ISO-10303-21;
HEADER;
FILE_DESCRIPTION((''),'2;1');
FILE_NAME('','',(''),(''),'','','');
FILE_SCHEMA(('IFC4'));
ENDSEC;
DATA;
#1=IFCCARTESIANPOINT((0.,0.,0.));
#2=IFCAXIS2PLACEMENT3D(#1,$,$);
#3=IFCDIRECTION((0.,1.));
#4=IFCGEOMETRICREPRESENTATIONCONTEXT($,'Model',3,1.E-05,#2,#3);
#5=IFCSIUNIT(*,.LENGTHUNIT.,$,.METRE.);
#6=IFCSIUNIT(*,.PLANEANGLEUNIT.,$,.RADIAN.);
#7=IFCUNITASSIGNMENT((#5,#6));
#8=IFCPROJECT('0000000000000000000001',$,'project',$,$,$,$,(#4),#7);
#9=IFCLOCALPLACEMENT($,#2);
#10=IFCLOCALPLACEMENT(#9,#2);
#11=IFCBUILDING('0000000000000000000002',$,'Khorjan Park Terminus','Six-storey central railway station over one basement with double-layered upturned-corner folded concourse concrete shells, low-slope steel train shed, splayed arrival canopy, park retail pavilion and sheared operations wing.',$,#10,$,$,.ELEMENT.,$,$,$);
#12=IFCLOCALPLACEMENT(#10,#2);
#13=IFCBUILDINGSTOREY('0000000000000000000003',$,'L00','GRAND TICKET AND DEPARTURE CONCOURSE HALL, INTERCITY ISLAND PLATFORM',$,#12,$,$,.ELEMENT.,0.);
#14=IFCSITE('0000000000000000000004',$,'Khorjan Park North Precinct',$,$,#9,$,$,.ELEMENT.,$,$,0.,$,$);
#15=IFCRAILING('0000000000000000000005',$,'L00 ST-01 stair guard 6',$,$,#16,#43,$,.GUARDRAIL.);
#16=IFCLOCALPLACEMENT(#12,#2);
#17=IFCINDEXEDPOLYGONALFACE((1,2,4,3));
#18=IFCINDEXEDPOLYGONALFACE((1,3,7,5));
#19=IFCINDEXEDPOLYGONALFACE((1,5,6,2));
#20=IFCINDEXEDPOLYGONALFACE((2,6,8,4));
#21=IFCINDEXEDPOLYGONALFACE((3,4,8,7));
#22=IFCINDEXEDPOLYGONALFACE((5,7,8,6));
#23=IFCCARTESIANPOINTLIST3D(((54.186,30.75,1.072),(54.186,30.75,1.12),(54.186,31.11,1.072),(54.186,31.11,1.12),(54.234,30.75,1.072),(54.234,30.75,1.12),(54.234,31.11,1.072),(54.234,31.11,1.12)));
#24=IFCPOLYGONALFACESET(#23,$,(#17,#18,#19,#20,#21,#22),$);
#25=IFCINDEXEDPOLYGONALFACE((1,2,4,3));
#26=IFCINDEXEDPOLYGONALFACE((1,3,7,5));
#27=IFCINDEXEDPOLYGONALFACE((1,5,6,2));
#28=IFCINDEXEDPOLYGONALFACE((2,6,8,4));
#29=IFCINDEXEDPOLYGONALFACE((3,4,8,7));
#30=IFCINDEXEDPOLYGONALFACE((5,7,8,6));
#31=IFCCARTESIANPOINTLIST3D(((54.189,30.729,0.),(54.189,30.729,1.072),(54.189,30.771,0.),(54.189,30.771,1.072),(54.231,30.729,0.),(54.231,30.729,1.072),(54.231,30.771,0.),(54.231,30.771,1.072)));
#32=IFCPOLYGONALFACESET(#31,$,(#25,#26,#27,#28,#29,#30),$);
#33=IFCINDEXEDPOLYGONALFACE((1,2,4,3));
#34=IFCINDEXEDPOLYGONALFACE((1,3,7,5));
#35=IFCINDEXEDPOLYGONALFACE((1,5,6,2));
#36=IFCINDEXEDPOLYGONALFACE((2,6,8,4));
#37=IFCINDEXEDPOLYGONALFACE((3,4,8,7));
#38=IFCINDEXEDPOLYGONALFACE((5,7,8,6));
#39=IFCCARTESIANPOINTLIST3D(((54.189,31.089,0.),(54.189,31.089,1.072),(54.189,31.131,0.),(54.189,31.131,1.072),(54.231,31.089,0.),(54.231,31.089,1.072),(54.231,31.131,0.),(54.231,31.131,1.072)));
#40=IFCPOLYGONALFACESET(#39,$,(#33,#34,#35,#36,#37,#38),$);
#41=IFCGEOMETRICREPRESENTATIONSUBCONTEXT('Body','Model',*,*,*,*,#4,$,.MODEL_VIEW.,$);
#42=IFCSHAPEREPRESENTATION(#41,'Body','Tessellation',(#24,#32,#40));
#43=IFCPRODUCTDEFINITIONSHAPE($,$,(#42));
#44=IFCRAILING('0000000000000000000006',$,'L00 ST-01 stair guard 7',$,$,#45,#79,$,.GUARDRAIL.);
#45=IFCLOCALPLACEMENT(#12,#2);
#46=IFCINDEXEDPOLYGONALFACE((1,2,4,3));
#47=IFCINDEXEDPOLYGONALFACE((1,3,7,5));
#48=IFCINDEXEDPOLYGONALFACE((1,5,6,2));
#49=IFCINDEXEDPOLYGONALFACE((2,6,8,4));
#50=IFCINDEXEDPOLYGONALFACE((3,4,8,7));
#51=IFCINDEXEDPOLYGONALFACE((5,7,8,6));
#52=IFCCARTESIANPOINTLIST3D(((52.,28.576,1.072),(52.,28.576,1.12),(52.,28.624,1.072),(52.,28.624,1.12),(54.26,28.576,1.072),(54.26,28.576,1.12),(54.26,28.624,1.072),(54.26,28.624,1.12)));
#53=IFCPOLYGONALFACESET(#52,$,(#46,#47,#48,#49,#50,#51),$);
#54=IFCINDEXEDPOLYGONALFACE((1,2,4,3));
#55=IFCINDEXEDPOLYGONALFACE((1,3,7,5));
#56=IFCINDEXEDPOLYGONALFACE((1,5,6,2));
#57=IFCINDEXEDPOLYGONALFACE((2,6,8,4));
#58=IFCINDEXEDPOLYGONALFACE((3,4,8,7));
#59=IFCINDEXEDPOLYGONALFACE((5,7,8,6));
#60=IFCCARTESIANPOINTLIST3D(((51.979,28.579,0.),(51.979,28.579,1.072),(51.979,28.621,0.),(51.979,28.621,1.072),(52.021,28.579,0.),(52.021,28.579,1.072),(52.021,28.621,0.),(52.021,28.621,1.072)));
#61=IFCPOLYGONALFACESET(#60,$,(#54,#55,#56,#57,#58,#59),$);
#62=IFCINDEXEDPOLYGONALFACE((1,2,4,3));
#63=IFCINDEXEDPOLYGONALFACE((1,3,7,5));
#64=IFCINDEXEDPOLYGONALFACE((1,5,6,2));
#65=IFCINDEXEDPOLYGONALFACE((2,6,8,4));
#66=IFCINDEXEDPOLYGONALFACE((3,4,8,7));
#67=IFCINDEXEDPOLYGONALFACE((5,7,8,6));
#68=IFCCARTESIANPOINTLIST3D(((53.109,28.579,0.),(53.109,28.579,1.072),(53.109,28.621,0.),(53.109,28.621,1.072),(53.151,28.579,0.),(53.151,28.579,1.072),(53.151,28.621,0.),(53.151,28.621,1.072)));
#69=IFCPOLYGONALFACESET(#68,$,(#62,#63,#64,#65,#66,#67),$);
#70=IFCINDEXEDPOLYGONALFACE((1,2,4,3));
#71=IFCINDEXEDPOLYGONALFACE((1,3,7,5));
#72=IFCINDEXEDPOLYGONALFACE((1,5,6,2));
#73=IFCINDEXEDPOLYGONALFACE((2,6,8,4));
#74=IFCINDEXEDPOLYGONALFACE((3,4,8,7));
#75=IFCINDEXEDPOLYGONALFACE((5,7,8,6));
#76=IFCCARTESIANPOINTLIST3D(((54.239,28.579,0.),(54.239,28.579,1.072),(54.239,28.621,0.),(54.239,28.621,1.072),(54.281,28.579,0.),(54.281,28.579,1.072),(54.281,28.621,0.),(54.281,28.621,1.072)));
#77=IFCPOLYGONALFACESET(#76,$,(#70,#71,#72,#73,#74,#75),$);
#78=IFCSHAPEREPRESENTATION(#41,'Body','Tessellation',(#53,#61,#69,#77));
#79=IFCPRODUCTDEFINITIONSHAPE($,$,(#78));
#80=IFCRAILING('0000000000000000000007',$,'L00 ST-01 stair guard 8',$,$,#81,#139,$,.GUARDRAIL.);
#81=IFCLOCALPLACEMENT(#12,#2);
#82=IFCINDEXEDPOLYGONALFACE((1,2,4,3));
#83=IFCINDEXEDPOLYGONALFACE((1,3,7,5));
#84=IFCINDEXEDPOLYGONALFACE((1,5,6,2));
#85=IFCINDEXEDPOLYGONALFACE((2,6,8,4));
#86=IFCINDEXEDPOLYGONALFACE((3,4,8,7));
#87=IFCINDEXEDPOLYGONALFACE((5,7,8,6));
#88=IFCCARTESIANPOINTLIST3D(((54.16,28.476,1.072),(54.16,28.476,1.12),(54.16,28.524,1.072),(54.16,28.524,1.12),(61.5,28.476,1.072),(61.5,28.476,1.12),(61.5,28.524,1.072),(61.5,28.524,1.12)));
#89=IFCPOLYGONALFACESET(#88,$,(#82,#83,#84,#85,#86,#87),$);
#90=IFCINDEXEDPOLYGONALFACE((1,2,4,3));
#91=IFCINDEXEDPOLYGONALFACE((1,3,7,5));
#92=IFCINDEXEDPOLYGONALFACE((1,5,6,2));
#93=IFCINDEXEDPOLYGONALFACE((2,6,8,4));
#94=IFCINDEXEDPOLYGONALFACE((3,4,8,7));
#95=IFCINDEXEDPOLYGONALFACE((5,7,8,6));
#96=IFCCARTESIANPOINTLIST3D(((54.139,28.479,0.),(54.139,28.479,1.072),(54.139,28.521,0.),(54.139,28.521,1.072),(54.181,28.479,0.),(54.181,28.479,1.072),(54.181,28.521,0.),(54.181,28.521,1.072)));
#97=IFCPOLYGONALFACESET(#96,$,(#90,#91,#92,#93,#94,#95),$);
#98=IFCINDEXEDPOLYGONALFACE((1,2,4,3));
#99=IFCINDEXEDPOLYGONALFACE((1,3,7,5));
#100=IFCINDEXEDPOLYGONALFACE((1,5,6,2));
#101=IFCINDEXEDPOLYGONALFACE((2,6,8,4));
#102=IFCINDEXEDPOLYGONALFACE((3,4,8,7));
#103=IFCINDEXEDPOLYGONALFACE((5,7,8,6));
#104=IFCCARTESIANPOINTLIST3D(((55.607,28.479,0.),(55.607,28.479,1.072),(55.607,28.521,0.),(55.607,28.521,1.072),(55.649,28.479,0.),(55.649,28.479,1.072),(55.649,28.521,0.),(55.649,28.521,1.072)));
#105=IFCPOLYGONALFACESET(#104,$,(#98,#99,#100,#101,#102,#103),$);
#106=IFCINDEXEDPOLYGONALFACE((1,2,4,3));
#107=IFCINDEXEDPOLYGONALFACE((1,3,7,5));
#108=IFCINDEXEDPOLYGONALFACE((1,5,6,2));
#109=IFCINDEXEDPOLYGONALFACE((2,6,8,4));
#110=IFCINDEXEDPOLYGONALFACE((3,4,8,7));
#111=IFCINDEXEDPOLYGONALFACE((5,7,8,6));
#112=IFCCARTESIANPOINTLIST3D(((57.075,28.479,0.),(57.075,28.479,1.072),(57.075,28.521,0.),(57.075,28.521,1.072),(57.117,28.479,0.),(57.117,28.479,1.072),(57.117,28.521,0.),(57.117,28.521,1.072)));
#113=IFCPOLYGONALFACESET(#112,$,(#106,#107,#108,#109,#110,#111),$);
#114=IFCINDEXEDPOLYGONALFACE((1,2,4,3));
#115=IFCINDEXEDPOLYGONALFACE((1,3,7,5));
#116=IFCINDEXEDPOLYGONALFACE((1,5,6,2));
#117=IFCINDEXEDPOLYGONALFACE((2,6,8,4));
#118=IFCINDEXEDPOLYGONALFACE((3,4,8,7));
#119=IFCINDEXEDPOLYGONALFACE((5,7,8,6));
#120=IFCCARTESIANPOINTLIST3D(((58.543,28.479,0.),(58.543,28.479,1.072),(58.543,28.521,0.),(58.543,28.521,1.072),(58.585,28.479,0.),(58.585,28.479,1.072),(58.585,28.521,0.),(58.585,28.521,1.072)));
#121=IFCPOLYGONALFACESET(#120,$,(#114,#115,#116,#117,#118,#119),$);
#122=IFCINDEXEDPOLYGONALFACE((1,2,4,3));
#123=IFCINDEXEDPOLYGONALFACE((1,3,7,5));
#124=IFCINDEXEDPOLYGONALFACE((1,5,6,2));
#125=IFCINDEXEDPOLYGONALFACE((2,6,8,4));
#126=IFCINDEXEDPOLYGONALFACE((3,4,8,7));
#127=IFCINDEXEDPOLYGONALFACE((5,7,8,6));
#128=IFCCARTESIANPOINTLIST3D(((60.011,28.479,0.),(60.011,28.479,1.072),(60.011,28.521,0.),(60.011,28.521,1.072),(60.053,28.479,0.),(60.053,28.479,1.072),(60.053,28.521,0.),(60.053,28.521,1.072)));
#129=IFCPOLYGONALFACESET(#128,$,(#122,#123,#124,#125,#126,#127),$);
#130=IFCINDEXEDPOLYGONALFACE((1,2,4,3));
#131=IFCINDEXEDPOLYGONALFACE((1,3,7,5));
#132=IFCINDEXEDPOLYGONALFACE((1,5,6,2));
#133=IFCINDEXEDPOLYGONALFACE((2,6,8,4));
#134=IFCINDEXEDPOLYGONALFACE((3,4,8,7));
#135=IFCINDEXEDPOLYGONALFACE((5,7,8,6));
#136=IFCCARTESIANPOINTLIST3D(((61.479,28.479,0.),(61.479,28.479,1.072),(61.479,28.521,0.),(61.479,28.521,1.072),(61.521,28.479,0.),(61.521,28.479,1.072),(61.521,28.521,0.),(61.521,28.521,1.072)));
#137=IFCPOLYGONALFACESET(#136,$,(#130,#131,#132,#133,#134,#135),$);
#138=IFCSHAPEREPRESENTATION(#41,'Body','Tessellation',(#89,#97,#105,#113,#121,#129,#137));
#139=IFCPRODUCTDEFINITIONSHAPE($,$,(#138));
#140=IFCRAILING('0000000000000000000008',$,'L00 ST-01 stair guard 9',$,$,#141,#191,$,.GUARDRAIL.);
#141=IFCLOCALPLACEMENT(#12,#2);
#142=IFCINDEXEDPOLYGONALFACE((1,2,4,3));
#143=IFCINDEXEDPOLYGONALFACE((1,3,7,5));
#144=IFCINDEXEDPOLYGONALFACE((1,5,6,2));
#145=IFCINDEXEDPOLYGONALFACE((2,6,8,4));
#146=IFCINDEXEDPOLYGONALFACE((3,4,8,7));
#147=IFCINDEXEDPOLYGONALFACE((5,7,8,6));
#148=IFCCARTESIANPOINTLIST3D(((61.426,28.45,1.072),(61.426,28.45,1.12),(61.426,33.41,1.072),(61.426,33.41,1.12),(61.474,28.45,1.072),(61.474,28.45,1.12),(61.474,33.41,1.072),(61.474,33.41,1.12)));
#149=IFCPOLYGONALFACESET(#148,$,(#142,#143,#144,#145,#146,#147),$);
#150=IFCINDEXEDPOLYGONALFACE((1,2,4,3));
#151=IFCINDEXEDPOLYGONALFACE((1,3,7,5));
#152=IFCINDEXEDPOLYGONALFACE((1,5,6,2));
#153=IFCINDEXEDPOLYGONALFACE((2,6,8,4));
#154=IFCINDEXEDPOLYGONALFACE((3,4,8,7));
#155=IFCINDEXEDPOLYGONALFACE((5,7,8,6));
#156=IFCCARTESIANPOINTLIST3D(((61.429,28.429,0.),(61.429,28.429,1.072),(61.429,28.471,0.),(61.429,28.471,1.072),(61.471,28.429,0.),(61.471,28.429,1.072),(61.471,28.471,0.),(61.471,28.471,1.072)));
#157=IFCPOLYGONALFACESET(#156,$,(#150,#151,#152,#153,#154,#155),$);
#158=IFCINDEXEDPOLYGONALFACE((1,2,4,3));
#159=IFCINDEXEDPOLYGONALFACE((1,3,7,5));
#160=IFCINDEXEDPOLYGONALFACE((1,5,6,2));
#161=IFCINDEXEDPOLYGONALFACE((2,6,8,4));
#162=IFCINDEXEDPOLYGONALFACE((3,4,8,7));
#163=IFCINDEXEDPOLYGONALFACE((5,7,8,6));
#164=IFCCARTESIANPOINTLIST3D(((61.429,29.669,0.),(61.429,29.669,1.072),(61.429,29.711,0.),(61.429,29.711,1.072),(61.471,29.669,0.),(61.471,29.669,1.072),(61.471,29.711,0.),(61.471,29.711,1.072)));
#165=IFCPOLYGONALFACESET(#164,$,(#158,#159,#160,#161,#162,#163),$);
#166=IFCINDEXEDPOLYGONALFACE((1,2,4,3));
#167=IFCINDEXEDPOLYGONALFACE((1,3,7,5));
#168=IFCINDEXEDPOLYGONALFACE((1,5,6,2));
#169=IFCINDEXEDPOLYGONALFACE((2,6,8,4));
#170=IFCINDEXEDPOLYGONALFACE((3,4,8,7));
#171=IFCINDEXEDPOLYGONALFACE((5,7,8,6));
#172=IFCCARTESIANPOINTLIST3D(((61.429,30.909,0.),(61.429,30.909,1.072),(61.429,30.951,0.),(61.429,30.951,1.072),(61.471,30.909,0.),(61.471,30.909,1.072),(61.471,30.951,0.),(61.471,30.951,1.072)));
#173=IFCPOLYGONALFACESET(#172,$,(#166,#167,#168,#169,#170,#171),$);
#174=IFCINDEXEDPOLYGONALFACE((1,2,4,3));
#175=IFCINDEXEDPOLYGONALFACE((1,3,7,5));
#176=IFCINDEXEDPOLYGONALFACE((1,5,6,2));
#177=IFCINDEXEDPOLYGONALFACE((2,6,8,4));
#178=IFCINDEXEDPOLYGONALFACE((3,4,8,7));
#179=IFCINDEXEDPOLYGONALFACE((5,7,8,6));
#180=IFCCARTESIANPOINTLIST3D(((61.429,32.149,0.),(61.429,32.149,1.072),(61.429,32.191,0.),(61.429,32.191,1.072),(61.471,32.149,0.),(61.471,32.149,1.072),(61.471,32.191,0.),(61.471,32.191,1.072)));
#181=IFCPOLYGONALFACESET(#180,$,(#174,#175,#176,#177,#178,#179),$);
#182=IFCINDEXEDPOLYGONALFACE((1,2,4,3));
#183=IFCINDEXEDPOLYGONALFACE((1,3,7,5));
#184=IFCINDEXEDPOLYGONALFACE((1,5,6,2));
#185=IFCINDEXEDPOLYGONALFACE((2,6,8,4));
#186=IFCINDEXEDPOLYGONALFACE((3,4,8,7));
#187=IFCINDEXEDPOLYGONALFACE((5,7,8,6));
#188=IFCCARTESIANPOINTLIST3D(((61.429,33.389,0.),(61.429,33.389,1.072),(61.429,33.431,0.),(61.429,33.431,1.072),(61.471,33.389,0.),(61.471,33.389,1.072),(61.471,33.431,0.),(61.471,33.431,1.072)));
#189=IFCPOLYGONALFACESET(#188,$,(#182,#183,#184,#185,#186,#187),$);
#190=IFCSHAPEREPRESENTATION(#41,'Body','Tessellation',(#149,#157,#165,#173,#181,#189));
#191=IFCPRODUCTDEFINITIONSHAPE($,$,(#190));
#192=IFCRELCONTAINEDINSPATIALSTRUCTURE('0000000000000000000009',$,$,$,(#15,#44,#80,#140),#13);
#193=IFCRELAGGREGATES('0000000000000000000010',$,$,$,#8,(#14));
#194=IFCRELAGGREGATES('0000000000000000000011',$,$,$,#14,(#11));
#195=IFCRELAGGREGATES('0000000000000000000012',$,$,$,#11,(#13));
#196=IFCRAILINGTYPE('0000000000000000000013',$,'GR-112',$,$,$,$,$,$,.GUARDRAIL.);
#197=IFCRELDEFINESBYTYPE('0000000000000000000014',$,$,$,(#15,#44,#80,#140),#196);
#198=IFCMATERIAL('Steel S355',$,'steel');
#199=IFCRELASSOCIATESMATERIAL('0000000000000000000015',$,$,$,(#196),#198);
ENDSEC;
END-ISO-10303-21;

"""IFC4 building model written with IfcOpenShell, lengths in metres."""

from ifc_helpers import new_model, si_unit, direction, frame, origin, origin_2d, place, context, subcontext, project, spatial, rectangle, extrude, material, type_object, element, save


model = new_model("IFC4")

# Units and contexts
model_context = context("Model", 3, precision=1e-05, world=origin(), true_north=direction((0.0, 1.0)))
body_context = subcontext(model_context, "Body", "Model", "MODEL_VIEW")
ifc_project = project(units=[si_unit("LENGTHUNIT", "METRE"), si_unit("PLANEANGLEUNIT", "RADIAN")], contexts=[model_context])

# Site, building, storey
site_placement = place(None, origin())
site = spatial("IfcSite", under=ifc_project, at=site_placement, Name="Khorjan Park North Precinct", CompositionType="ELEMENT", RefElevation=0.0)
building_placement = place(site_placement, origin())
building = spatial("IfcBuilding", under=site, at=building_placement, Name="Khorjan Park Terminus", Description="Six-storey central railway station over one basement with double-layered upturned-corner folded concourse concrete shells, low-slope steel train shed, splayed arrival canopy, park retail pavilion and sheared operations wing.", CompositionType="ELEMENT")
storey_placement = place(building_placement, origin())
storey = spatial("IfcBuildingStorey", under=building, at=storey_placement, Name="L00", Description="GRAND TICKET AND DEPARTURE CONCOURSE HALL, INTERCITY ISLAND PLATFORM", CompositionType="ELEMENT", Elevation=0.0)

# Railings
ifc_material_1 = material(Name="Steel S355", Category="steel")
railing_type_1 = type_object("IfcRailingType", Name="GR-112", PredefinedType="GUARDRAIL", material=ifc_material_1)
railing_1_placement = place(storey_placement, frame((54.21, 30.75, 0.0)))
element("IfcRailing", 1, at=railing_1_placement, inside=storey, type_object=railing_type_1, Name="L00 ST-01 stair guard 6", PredefinedType="GUARDRAIL", context=body_context, shape_type="SweptSolid", body=[
    extrude(rectangle(XDim=0.048, YDim=0.048, at=origin_2d()), frame((0.0, 0.0, 1.096), z_axis=(0.0, 1.0, 0.0), x_axis=(-1.0, 0.0, 0.0)), (0.0, 0.0, 1.0), 0.36),
    extrude(rectangle(XDim=0.042, YDim=0.042, at=origin_2d()), origin(), (0.0, 0.0, 1.0), 1.072),
    extrude(rectangle(XDim=0.042, YDim=0.042, at=origin_2d()), frame((0.0, 0.36, 0.0)), (0.0, 0.0, 1.0), 1.072),
])
railing_2_placement = place(storey_placement, frame((52.0, 28.6, 0.0)))
element("IfcRailing", 2, at=railing_2_placement, inside=storey, type_object=railing_type_1, Name="L00 ST-01 stair guard 7", PredefinedType="GUARDRAIL", context=body_context, shape_type="SweptSolid", body=[
    extrude(rectangle(XDim=0.048, YDim=0.048, at=origin_2d()), frame((0.0, 0.0, 1.096), z_axis=(1.0, 0.0, 0.0), x_axis=(0.0, 1.0, 0.0)), (0.0, 0.0, 1.0), 2.26),
    extrude(rectangle(XDim=0.042, YDim=0.042, at=origin_2d()), origin(), (0.0, 0.0, 1.0), 1.072),
    extrude(rectangle(XDim=0.042, YDim=0.042, at=origin_2d()), frame((1.13, 0.0, 0.0)), (0.0, 0.0, 1.0), 1.072),
    extrude(rectangle(XDim=0.042, YDim=0.042, at=origin_2d()), frame((2.26, 0.0, 0.0)), (0.0, 0.0, 1.0), 1.072),
])
railing_3_placement = place(storey_placement, frame((54.16, 28.5, 0.0)))
element("IfcRailing", 3, at=railing_3_placement, inside=storey, type_object=railing_type_1, Name="L00 ST-01 stair guard 8", PredefinedType="GUARDRAIL", context=body_context, shape_type="SweptSolid", body=[
    extrude(rectangle(XDim=0.048, YDim=0.048, at=origin_2d()), frame((0.0, 0.0, 1.096), z_axis=(1.0, 0.0, 0.0), x_axis=(0.0, 1.0, 0.0)), (0.0, 0.0, 1.0), 7.34),
    extrude(rectangle(XDim=0.042, YDim=0.042, at=origin_2d()), origin(), (0.0, 0.0, 1.0), 1.072),
    extrude(rectangle(XDim=0.042, YDim=0.042, at=origin_2d()), frame((1.468, 0.0, 0.0)), (0.0, 0.0, 1.0), 1.072),
    extrude(rectangle(XDim=0.042, YDim=0.042, at=origin_2d()), frame((2.936, 0.0, 0.0)), (0.0, 0.0, 1.0), 1.072),
    extrude(rectangle(XDim=0.042, YDim=0.042, at=origin_2d()), frame((4.404, 0.0, 0.0)), (0.0, 0.0, 1.0), 1.072),
    extrude(rectangle(XDim=0.042, YDim=0.042, at=origin_2d()), frame((5.872, 0.0, 0.0)), (0.0, 0.0, 1.0), 1.072),
    extrude(rectangle(XDim=0.042, YDim=0.042, at=origin_2d()), frame((7.34, 0.0, 0.0)), (0.0, 0.0, 1.0), 1.072),
])
railing_4_placement = place(storey_placement, frame((61.45, 28.45, 0.0)))
element("IfcRailing", 4, at=railing_4_placement, inside=storey, type_object=railing_type_1, Name="L00 ST-01 stair guard 9", PredefinedType="GUARDRAIL", context=body_context, shape_type="SweptSolid", body=[
    extrude(rectangle(XDim=0.048, YDim=0.048, at=origin_2d()), frame((0.0, 0.0, 1.096), z_axis=(0.0, 1.0, 0.0), x_axis=(-1.0, 0.0, 0.0)), (0.0, 0.0, 1.0), 4.96),
    extrude(rectangle(XDim=0.042, YDim=0.042, at=origin_2d()), origin(), (0.0, 0.0, 1.0), 1.072),
    extrude(rectangle(XDim=0.042, YDim=0.042, at=origin_2d()), frame((0.0, 1.24, 0.0)), (0.0, 0.0, 1.0), 1.072),
    extrude(rectangle(XDim=0.042, YDim=0.042, at=origin_2d()), frame((0.0, 2.48, 0.0)), (0.0, 0.0, 1.0), 1.072),
    extrude(rectangle(XDim=0.042, YDim=0.042, at=origin_2d()), frame((0.0, 3.72, 0.0)), (0.0, 0.0, 1.0), 1.072),
    extrude(rectangle(XDim=0.042, YDim=0.042, at=origin_2d()), frame((0.0, 4.96, 0.0)), (0.0, 0.0, 1.0), 1.072),
])

save(model, "model.ifc")
